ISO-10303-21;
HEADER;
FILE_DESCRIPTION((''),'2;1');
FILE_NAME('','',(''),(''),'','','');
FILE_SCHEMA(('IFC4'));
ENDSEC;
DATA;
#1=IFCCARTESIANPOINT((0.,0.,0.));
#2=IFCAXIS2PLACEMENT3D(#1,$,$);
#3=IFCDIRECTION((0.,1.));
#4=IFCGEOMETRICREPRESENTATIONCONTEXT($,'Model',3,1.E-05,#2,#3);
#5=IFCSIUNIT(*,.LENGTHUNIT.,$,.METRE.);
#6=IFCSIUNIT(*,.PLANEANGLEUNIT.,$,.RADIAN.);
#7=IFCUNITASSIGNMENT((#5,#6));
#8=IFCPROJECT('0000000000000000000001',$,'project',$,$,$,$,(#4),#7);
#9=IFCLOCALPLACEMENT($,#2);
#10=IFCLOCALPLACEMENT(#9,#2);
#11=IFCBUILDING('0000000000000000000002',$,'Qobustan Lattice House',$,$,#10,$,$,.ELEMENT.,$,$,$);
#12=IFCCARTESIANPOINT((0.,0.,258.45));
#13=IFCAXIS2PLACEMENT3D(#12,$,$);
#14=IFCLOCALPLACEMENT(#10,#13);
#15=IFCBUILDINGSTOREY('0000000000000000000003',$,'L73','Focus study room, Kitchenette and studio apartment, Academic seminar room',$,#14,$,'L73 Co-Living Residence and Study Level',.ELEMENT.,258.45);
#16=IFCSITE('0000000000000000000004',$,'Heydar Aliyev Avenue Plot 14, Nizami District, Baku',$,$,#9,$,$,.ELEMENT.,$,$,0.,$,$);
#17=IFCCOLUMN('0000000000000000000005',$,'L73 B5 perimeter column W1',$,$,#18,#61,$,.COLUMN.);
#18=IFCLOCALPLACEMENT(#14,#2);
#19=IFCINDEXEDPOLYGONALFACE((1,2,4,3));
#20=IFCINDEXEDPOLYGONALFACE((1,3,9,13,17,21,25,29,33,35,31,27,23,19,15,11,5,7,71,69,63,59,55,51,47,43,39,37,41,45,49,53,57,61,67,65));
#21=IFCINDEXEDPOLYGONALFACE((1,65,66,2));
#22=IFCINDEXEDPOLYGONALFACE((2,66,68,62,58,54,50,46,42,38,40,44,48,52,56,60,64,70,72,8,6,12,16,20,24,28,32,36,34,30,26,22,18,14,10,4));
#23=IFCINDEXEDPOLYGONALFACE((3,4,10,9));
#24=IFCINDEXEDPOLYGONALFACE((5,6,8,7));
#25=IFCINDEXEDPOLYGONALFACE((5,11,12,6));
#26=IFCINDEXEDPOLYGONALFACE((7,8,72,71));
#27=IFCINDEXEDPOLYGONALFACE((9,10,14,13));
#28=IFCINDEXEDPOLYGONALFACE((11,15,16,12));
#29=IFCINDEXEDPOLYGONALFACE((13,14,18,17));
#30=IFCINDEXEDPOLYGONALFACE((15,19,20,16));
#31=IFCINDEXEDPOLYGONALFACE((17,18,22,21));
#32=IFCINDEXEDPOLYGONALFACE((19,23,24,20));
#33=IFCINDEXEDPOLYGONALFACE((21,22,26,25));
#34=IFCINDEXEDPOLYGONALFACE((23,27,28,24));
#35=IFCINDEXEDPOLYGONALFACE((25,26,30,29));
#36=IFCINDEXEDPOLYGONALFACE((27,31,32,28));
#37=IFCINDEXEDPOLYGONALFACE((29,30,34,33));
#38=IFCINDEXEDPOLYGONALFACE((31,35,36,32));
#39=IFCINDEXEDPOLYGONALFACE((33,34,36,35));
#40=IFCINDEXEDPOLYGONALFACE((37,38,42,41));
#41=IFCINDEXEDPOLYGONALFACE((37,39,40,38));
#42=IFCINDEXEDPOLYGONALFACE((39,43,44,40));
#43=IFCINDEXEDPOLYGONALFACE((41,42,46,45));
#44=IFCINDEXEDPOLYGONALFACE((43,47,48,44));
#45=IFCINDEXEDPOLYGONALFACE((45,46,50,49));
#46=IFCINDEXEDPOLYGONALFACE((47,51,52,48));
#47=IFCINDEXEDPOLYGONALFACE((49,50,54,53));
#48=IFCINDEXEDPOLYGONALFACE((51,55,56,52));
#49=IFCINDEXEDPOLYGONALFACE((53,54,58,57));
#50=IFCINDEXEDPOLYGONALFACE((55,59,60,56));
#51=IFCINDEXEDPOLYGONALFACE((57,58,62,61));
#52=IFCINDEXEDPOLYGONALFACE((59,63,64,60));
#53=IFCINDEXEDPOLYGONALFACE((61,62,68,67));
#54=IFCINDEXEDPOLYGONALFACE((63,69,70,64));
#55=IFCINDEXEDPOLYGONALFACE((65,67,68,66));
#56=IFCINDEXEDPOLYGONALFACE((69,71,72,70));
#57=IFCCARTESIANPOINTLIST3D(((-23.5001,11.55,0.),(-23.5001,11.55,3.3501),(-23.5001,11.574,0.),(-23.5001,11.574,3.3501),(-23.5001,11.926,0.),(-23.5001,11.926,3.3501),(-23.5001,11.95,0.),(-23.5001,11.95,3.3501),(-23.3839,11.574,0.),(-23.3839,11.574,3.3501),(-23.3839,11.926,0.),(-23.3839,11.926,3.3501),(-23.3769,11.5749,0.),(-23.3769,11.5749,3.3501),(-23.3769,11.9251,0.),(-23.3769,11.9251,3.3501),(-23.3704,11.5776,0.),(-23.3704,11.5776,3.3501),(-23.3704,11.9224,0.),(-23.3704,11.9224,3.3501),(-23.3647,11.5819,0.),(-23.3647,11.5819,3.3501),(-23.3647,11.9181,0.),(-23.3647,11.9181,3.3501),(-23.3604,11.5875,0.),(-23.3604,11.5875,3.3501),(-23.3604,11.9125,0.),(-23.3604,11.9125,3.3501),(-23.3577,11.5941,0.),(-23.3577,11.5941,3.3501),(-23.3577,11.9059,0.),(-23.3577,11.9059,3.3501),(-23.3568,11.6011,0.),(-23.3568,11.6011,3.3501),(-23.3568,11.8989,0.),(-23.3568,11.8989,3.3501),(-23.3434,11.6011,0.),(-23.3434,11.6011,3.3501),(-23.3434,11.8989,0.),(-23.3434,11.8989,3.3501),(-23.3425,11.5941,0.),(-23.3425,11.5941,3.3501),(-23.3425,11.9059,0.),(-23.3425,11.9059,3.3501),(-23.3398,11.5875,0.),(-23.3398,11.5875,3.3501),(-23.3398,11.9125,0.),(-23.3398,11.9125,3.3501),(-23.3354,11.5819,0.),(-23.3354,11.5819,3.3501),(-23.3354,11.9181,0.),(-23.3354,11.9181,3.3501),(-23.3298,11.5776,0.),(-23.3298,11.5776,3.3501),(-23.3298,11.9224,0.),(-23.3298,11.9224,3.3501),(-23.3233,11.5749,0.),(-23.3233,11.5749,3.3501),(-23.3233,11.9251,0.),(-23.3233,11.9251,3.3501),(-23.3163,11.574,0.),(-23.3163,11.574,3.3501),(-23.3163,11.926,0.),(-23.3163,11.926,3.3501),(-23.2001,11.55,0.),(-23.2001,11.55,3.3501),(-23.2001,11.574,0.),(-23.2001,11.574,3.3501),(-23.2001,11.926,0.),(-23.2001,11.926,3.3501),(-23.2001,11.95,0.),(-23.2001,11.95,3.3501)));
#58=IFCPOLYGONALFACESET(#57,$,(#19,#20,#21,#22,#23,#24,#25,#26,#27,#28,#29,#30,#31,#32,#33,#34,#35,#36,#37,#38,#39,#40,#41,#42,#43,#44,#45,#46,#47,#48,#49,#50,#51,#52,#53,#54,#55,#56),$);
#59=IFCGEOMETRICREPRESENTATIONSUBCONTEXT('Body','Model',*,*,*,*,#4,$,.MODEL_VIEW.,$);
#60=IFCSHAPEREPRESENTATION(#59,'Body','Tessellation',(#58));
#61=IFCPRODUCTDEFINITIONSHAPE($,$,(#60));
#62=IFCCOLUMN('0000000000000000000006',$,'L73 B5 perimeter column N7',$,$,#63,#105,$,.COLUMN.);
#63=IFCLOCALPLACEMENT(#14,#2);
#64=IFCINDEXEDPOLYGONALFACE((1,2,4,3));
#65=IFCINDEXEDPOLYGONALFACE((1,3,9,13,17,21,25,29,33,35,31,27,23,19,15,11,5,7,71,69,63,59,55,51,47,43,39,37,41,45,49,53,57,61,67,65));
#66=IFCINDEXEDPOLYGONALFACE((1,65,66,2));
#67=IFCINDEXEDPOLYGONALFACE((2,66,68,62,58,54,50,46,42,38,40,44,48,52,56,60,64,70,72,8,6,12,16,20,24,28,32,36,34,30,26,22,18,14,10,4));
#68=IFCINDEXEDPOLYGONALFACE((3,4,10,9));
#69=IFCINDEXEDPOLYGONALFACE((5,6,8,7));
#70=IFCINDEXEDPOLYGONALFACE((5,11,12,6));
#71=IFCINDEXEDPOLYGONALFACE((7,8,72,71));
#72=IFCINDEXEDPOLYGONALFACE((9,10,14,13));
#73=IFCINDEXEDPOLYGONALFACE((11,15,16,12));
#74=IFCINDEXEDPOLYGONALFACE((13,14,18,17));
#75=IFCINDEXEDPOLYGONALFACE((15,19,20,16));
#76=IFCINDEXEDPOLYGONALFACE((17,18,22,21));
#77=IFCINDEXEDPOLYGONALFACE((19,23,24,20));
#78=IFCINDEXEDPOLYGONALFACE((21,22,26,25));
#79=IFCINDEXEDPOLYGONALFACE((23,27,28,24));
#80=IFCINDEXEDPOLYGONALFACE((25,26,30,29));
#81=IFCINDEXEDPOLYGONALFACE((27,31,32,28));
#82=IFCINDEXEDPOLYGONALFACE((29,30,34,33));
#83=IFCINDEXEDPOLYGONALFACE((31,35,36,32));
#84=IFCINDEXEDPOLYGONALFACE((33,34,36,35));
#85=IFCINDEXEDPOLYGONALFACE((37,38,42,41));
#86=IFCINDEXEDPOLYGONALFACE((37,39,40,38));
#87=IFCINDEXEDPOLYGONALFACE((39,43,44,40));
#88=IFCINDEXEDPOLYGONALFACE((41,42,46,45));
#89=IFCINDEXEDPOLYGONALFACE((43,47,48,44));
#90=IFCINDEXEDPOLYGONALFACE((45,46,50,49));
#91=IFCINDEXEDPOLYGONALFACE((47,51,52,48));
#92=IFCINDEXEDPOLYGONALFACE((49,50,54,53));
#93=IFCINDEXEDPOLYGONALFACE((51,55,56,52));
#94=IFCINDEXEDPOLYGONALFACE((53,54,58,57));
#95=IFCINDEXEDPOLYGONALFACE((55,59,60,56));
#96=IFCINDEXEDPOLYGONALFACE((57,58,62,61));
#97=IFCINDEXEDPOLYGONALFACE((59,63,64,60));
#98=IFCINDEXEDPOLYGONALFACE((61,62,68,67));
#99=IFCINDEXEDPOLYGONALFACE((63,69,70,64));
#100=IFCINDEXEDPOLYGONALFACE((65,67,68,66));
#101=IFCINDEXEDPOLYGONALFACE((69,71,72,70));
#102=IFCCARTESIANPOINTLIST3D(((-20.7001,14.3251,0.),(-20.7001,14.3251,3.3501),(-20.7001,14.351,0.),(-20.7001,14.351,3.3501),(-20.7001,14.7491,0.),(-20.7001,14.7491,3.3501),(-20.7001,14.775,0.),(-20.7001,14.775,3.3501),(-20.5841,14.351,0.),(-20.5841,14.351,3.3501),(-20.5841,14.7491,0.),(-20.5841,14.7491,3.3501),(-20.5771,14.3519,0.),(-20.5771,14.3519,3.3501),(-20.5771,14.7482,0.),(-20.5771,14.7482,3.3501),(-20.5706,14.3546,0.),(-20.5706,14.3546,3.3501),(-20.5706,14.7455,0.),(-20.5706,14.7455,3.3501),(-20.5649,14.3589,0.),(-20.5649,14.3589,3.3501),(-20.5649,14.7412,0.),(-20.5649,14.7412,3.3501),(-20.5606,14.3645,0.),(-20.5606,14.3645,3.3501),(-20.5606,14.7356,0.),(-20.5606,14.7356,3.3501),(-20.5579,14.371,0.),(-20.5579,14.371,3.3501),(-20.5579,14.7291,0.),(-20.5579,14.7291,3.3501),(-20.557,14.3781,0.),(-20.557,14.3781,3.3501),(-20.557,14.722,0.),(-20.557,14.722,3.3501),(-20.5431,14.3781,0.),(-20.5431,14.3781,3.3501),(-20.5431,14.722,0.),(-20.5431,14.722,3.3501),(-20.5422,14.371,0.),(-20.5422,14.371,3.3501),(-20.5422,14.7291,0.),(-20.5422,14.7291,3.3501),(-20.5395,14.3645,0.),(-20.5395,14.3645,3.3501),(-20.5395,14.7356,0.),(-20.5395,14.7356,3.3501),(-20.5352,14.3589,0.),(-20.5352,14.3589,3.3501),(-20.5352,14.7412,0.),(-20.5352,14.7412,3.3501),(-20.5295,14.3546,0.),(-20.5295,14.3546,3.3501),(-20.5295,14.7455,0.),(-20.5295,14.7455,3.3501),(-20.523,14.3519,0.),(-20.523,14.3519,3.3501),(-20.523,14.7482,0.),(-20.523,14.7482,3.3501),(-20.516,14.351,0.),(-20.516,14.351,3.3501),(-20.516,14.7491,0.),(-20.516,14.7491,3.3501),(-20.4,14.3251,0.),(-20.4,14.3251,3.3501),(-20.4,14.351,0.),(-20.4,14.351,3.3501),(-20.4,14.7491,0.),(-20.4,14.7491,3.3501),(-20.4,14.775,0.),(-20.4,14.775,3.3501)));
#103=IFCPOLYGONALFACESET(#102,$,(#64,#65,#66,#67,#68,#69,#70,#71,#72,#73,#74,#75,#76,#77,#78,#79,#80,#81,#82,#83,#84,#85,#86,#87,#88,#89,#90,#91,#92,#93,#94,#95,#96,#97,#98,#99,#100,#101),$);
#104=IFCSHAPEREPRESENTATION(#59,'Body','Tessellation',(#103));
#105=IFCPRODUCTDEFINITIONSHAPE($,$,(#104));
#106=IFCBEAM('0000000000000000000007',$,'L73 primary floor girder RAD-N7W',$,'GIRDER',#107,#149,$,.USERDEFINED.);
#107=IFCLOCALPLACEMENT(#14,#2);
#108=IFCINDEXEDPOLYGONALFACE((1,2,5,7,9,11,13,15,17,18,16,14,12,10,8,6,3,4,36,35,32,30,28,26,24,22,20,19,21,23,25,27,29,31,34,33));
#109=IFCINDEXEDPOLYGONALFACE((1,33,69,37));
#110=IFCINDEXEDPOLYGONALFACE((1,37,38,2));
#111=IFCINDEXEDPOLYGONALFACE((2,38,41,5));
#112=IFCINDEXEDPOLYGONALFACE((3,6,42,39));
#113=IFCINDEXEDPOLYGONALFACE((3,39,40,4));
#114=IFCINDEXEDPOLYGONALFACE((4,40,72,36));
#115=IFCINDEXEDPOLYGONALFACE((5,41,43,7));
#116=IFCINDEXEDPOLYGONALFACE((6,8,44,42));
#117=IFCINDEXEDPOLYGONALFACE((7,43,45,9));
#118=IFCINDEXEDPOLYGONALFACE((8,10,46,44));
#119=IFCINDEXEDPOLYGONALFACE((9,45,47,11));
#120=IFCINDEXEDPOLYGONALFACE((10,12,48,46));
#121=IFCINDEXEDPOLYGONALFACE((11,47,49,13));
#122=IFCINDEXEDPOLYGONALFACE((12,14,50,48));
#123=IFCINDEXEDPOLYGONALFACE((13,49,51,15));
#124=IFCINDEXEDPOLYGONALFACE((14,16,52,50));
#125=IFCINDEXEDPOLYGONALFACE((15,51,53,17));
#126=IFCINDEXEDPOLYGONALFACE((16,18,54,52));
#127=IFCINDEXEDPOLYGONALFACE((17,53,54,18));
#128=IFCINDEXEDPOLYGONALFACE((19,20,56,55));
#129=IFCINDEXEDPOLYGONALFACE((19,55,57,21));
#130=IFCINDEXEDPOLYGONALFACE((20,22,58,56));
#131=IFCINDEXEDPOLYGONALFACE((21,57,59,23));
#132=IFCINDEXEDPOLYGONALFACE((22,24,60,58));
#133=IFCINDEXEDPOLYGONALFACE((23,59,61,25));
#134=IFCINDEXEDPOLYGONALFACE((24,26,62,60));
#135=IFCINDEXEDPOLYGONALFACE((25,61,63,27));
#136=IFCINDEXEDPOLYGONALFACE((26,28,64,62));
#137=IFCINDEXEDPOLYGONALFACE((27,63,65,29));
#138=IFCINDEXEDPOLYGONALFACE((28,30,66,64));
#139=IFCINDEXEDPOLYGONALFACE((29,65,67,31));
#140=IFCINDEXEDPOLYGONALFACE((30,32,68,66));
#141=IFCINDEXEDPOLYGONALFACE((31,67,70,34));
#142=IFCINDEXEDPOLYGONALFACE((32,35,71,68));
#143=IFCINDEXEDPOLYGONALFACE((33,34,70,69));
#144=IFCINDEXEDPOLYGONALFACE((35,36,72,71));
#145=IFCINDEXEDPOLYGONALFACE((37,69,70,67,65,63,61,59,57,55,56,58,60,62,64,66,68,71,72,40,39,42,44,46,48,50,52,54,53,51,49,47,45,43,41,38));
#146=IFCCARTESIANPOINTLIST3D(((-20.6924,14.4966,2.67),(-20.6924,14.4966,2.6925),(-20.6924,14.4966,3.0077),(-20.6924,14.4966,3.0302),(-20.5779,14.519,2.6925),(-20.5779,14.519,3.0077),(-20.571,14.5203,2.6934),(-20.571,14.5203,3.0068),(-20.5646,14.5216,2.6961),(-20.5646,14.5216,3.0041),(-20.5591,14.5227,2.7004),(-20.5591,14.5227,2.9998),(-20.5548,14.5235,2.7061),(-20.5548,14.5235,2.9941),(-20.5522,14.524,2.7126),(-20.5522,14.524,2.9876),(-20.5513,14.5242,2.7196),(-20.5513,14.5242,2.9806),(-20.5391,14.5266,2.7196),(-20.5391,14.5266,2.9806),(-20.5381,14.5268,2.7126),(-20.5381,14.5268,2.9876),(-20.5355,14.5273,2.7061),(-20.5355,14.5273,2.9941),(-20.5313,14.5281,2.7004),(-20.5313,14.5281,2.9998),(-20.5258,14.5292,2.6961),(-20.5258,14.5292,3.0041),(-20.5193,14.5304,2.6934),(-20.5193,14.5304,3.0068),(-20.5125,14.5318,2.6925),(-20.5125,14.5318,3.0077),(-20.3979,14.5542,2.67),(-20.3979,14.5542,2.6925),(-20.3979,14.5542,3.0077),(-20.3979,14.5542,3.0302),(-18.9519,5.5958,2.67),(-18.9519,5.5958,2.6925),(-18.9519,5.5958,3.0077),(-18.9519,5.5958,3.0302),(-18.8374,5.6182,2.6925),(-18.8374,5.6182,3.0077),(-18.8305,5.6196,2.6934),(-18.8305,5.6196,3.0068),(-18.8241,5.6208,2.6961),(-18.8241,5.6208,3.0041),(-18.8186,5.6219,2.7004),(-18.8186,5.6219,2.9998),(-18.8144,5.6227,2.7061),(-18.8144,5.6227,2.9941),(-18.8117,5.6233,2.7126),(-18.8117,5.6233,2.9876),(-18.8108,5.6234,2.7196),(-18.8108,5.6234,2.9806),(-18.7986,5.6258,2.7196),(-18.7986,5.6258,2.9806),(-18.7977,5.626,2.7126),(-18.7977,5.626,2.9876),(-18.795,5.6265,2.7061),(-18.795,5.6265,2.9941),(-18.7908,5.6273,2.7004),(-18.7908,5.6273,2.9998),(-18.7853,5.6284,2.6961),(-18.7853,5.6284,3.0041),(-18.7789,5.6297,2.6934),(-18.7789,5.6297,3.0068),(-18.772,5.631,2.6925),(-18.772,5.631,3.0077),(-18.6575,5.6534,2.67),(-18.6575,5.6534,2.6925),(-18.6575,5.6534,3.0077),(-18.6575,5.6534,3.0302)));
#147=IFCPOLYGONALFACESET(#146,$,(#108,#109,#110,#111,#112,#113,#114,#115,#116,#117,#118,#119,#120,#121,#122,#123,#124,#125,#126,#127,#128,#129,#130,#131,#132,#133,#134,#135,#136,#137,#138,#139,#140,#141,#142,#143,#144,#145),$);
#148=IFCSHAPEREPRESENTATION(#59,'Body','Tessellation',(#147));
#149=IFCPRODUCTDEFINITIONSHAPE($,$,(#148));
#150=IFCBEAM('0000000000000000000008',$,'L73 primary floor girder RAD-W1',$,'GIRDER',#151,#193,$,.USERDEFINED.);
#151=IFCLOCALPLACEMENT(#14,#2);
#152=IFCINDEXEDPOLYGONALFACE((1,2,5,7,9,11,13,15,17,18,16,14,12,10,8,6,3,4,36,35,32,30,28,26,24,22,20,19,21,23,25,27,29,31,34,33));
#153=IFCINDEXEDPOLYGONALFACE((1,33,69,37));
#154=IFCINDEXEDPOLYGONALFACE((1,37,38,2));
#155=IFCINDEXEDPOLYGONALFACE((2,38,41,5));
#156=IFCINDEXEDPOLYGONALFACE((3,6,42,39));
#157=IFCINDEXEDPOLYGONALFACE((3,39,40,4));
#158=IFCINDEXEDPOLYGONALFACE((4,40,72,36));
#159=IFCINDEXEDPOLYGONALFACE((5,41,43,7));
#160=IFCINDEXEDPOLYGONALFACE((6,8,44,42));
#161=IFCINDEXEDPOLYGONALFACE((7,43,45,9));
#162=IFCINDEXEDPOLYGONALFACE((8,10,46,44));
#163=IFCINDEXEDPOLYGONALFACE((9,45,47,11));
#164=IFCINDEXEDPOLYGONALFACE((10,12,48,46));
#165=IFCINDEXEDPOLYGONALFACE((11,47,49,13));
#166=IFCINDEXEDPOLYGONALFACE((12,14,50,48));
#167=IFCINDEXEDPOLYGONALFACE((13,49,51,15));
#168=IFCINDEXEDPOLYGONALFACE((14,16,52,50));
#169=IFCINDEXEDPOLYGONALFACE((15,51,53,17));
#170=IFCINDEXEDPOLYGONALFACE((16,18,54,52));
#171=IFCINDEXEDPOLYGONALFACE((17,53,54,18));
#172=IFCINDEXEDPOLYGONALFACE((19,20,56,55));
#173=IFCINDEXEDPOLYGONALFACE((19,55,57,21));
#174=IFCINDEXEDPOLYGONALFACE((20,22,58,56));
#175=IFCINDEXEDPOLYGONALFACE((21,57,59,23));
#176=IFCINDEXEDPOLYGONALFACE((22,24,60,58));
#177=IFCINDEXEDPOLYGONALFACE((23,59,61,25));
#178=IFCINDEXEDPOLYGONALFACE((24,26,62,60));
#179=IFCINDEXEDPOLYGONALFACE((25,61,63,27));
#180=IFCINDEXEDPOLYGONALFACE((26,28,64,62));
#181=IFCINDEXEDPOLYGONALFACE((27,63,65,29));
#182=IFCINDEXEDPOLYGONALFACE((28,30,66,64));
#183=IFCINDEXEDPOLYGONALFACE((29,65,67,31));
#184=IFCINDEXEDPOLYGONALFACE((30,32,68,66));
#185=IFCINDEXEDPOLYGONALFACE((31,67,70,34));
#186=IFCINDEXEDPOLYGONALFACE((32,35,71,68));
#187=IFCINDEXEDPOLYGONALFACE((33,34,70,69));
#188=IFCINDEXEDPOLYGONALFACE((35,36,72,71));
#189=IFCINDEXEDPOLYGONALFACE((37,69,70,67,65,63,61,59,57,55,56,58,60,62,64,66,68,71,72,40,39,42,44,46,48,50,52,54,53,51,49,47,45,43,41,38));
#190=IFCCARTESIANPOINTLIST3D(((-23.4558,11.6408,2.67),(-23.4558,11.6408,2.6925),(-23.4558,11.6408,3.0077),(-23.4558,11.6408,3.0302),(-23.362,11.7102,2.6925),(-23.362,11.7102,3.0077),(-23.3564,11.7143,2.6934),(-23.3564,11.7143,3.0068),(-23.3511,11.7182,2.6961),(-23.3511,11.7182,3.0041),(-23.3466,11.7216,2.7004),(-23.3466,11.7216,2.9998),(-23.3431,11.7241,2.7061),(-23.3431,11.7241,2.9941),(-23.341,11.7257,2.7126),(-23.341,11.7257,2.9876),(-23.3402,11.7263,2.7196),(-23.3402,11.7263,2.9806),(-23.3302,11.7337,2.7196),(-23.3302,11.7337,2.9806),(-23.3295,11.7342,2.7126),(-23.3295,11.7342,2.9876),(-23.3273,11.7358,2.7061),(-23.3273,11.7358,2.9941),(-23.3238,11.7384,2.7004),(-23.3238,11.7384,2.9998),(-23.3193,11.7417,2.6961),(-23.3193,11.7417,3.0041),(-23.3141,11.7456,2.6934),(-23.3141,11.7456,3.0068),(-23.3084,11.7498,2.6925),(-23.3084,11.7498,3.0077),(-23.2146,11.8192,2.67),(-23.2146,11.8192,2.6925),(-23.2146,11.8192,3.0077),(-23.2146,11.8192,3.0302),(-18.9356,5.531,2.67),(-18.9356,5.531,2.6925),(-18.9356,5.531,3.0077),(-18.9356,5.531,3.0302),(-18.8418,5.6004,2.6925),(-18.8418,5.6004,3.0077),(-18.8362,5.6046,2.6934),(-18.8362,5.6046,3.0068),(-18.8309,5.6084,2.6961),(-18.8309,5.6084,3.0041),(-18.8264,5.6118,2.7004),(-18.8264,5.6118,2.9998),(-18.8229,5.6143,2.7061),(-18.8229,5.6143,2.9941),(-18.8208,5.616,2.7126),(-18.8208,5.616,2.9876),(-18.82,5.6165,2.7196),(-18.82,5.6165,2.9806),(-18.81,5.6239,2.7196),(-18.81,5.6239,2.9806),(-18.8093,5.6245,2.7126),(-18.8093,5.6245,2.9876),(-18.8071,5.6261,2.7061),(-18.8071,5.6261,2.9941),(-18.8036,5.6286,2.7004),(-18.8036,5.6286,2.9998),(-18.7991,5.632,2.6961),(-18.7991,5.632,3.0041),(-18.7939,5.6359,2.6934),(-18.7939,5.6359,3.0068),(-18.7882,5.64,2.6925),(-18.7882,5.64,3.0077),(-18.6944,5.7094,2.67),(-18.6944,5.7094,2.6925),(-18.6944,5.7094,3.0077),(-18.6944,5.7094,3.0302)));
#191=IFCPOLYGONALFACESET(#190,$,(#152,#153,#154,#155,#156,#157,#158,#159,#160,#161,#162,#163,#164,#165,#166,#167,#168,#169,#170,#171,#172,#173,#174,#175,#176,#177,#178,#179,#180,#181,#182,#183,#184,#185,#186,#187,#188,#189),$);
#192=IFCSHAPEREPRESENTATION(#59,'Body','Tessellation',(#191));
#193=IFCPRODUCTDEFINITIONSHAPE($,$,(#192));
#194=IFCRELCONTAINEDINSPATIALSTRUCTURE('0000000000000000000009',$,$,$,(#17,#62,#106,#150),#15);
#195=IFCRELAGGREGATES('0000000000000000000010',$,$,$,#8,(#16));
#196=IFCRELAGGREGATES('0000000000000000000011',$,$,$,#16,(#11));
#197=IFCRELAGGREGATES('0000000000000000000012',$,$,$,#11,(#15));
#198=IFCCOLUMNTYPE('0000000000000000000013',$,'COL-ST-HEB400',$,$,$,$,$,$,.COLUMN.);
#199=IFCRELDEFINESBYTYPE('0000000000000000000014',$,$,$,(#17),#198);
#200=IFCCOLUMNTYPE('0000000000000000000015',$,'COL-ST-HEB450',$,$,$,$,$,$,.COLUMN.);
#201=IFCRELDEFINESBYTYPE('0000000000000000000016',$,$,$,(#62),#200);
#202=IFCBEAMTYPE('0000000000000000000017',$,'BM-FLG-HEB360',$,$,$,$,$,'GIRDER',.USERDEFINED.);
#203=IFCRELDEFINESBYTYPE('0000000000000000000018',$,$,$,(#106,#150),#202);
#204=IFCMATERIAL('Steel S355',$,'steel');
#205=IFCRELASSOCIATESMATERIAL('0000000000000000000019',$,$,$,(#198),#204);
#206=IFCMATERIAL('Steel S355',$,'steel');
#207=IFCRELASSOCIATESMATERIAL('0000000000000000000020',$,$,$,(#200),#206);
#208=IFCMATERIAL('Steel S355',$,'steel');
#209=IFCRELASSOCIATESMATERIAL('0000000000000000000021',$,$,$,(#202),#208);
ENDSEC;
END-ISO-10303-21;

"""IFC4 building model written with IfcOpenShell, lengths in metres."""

from ifc_helpers import new_model, si_unit, direction, frame, origin, origin_2d, place, context, subcontext, project, spatial, i_section, extrude, material, material_profile, profile_set, type_object, element, save


model = new_model("IFC4")

# Units and contexts
model_context = context("Model", 3, precision=1e-05, world=origin(), true_north=direction((0.0, 1.0)))
body_context = subcontext(model_context, "Body", "Model", "MODEL_VIEW")
ifc_project = project(units=[si_unit("LENGTHUNIT", "METRE"), si_unit("PLANEANGLEUNIT", "RADIAN")], contexts=[model_context])

# Site, building, storey
site_placement = place(None, origin())
site = spatial("IfcSite", under=ifc_project, at=site_placement, Name="Heydar Aliyev Avenue Plot 14, Nizami District, Baku", CompositionType="ELEMENT", RefElevation=0.0)
building_placement = place(site_placement, origin())
building = spatial("IfcBuilding", under=site, at=building_placement, Name="Qobustan Lattice House", CompositionType="ELEMENT")
storey_placement = place(building_placement, frame((0.0, 0.0, 258.45)))
storey = spatial("IfcBuildingStorey", under=building, at=storey_placement, Name="L73", Description="Focus study room, Kitchenette and studio apartment, Academic seminar room", LongName="L73 Co-Living Residence and Study Level", CompositionType="ELEMENT", Elevation=258.45)

# Columns
ifc_material_1 = material(Name="Steel S355", Category="steel")
ifc_material_profile_1 = material_profile(ifc_material_1, i_section(OverallWidth=0.3, OverallDepth=0.3999, WebThickness=0.0134, FlangeThickness=0.0239, FilletRadius=0.0271, at=origin_2d()), Name="HEB400")
ifc_profile_set_1 = profile_set([ifc_material_profile_1], Name="Steel S355")
column_type_1 = type_object("IfcColumnType", Name="COL-ST-HEB400", PredefinedType="COLUMN", material=ifc_profile_set_1)
column_1_placement = place(storey_placement, frame((-23.3501, 11.75, 0.0), z_axis=(0.0, 0.0, 1.0), x_axis=(1.0, 0.0, 0.0)))
element("IfcColumn", 1, at=column_1_placement, inside=storey, type_object=column_type_1, Name="L73 B5 perimeter column W1", PredefinedType="COLUMN", context=body_context, shape_type="SweptSolid", body=[
    extrude(i_section(OverallWidth=0.3, OverallDepth=0.3999, WebThickness=0.0134, FlangeThickness=0.0239, FilletRadius=0.0271, at=origin_2d()), origin(), (0.0, 0.0, 1.0), 3.3501),
])
ifc_material_2 = material(Name="Steel S355", Category="steel")
ifc_material_profile_2 = material_profile(ifc_material_2, i_section(OverallWidth=0.3, OverallDepth=0.45, WebThickness=0.0139, FlangeThickness=0.0259, FilletRadius=0.0271, at=origin_2d()), Name="HEB450")
ifc_profile_set_2 = profile_set([ifc_material_profile_2], Name="Steel S355")
column_type_2 = type_object("IfcColumnType", Name="COL-ST-HEB450", PredefinedType="COLUMN", material=ifc_profile_set_2)
column_2_placement = place(storey_placement, frame((-20.55, 14.55, 0.0), z_axis=(0.0, 0.0, 1.0), x_axis=(1.0, 0.0, 0.0)))
element("IfcColumn", 2, at=column_2_placement, inside=storey, type_object=column_type_2, Name="L73 B5 perimeter column N7", PredefinedType="COLUMN", context=body_context, shape_type="SweptSolid", body=[
    extrude(i_section(OverallWidth=0.3, OverallDepth=0.45, WebThickness=0.0139, FlangeThickness=0.0259, FilletRadius=0.0271, at=origin_2d()), origin(), (0.0, 0.0, 1.0), 3.3501),
])

# Beams
ifc_material_3 = material(Name="Steel S355", Category="steel")
ifc_material_profile_3 = material_profile(ifc_material_3, i_section(OverallWidth=0.3, OverallDepth=0.3601, WebThickness=0.0125, FlangeThickness=0.0225, FilletRadius=0.0271, at=origin_2d()), Name="HEB360")
ifc_profile_set_3 = profile_set([ifc_material_profile_3], Name="Steel S355")
beam_type_1 = type_object("IfcBeamType", Name="BM-FLG-HEB360", ElementType="GIRDER", PredefinedType="USERDEFINED", material=ifc_profile_set_3)
beam_1_placement = place(storey_placement, frame((-20.5452, 14.5254, 2.8501), z_axis=(0.191906, -0.981413, 0.0), x_axis=(0.981413, 0.191906, 0.0)))
element("IfcBeam", 3, at=beam_1_placement, inside=storey, type_object=beam_type_1, Name="L73 primary floor girder RAD-N7W", ObjectType="GIRDER", PredefinedType="USERDEFINED", context=body_context, shape_type="SweptSolid", body=[
    extrude(i_section(OverallWidth=0.3, OverallDepth=0.3601, WebThickness=0.0125, FlangeThickness=0.0225, FilletRadius=0.0271, at=origin_2d()), origin(), (0.0, 0.0, 1.0), 9.0693),
])
beam_2_placement = place(storey_placement, frame((-23.3352, 11.73, 2.8501), z_axis=(0.594755, -0.803907, 0.0), x_axis=(0.803907, 0.594755, 0.0)))
element("IfcBeam", 4, at=beam_2_placement, inside=storey, type_object=beam_type_1, Name="L73 primary floor girder RAD-W1", ObjectType="GIRDER", PredefinedType="USERDEFINED", context=body_context, shape_type="SweptSolid", body=[
    extrude(i_section(OverallWidth=0.3, OverallDepth=0.3601, WebThickness=0.0125, FlangeThickness=0.0225, FilletRadius=0.0271, at=origin_2d()), origin(), (0.0, 0.0, 1.0), 7.6001),
])

save(model, "model.ifc")
